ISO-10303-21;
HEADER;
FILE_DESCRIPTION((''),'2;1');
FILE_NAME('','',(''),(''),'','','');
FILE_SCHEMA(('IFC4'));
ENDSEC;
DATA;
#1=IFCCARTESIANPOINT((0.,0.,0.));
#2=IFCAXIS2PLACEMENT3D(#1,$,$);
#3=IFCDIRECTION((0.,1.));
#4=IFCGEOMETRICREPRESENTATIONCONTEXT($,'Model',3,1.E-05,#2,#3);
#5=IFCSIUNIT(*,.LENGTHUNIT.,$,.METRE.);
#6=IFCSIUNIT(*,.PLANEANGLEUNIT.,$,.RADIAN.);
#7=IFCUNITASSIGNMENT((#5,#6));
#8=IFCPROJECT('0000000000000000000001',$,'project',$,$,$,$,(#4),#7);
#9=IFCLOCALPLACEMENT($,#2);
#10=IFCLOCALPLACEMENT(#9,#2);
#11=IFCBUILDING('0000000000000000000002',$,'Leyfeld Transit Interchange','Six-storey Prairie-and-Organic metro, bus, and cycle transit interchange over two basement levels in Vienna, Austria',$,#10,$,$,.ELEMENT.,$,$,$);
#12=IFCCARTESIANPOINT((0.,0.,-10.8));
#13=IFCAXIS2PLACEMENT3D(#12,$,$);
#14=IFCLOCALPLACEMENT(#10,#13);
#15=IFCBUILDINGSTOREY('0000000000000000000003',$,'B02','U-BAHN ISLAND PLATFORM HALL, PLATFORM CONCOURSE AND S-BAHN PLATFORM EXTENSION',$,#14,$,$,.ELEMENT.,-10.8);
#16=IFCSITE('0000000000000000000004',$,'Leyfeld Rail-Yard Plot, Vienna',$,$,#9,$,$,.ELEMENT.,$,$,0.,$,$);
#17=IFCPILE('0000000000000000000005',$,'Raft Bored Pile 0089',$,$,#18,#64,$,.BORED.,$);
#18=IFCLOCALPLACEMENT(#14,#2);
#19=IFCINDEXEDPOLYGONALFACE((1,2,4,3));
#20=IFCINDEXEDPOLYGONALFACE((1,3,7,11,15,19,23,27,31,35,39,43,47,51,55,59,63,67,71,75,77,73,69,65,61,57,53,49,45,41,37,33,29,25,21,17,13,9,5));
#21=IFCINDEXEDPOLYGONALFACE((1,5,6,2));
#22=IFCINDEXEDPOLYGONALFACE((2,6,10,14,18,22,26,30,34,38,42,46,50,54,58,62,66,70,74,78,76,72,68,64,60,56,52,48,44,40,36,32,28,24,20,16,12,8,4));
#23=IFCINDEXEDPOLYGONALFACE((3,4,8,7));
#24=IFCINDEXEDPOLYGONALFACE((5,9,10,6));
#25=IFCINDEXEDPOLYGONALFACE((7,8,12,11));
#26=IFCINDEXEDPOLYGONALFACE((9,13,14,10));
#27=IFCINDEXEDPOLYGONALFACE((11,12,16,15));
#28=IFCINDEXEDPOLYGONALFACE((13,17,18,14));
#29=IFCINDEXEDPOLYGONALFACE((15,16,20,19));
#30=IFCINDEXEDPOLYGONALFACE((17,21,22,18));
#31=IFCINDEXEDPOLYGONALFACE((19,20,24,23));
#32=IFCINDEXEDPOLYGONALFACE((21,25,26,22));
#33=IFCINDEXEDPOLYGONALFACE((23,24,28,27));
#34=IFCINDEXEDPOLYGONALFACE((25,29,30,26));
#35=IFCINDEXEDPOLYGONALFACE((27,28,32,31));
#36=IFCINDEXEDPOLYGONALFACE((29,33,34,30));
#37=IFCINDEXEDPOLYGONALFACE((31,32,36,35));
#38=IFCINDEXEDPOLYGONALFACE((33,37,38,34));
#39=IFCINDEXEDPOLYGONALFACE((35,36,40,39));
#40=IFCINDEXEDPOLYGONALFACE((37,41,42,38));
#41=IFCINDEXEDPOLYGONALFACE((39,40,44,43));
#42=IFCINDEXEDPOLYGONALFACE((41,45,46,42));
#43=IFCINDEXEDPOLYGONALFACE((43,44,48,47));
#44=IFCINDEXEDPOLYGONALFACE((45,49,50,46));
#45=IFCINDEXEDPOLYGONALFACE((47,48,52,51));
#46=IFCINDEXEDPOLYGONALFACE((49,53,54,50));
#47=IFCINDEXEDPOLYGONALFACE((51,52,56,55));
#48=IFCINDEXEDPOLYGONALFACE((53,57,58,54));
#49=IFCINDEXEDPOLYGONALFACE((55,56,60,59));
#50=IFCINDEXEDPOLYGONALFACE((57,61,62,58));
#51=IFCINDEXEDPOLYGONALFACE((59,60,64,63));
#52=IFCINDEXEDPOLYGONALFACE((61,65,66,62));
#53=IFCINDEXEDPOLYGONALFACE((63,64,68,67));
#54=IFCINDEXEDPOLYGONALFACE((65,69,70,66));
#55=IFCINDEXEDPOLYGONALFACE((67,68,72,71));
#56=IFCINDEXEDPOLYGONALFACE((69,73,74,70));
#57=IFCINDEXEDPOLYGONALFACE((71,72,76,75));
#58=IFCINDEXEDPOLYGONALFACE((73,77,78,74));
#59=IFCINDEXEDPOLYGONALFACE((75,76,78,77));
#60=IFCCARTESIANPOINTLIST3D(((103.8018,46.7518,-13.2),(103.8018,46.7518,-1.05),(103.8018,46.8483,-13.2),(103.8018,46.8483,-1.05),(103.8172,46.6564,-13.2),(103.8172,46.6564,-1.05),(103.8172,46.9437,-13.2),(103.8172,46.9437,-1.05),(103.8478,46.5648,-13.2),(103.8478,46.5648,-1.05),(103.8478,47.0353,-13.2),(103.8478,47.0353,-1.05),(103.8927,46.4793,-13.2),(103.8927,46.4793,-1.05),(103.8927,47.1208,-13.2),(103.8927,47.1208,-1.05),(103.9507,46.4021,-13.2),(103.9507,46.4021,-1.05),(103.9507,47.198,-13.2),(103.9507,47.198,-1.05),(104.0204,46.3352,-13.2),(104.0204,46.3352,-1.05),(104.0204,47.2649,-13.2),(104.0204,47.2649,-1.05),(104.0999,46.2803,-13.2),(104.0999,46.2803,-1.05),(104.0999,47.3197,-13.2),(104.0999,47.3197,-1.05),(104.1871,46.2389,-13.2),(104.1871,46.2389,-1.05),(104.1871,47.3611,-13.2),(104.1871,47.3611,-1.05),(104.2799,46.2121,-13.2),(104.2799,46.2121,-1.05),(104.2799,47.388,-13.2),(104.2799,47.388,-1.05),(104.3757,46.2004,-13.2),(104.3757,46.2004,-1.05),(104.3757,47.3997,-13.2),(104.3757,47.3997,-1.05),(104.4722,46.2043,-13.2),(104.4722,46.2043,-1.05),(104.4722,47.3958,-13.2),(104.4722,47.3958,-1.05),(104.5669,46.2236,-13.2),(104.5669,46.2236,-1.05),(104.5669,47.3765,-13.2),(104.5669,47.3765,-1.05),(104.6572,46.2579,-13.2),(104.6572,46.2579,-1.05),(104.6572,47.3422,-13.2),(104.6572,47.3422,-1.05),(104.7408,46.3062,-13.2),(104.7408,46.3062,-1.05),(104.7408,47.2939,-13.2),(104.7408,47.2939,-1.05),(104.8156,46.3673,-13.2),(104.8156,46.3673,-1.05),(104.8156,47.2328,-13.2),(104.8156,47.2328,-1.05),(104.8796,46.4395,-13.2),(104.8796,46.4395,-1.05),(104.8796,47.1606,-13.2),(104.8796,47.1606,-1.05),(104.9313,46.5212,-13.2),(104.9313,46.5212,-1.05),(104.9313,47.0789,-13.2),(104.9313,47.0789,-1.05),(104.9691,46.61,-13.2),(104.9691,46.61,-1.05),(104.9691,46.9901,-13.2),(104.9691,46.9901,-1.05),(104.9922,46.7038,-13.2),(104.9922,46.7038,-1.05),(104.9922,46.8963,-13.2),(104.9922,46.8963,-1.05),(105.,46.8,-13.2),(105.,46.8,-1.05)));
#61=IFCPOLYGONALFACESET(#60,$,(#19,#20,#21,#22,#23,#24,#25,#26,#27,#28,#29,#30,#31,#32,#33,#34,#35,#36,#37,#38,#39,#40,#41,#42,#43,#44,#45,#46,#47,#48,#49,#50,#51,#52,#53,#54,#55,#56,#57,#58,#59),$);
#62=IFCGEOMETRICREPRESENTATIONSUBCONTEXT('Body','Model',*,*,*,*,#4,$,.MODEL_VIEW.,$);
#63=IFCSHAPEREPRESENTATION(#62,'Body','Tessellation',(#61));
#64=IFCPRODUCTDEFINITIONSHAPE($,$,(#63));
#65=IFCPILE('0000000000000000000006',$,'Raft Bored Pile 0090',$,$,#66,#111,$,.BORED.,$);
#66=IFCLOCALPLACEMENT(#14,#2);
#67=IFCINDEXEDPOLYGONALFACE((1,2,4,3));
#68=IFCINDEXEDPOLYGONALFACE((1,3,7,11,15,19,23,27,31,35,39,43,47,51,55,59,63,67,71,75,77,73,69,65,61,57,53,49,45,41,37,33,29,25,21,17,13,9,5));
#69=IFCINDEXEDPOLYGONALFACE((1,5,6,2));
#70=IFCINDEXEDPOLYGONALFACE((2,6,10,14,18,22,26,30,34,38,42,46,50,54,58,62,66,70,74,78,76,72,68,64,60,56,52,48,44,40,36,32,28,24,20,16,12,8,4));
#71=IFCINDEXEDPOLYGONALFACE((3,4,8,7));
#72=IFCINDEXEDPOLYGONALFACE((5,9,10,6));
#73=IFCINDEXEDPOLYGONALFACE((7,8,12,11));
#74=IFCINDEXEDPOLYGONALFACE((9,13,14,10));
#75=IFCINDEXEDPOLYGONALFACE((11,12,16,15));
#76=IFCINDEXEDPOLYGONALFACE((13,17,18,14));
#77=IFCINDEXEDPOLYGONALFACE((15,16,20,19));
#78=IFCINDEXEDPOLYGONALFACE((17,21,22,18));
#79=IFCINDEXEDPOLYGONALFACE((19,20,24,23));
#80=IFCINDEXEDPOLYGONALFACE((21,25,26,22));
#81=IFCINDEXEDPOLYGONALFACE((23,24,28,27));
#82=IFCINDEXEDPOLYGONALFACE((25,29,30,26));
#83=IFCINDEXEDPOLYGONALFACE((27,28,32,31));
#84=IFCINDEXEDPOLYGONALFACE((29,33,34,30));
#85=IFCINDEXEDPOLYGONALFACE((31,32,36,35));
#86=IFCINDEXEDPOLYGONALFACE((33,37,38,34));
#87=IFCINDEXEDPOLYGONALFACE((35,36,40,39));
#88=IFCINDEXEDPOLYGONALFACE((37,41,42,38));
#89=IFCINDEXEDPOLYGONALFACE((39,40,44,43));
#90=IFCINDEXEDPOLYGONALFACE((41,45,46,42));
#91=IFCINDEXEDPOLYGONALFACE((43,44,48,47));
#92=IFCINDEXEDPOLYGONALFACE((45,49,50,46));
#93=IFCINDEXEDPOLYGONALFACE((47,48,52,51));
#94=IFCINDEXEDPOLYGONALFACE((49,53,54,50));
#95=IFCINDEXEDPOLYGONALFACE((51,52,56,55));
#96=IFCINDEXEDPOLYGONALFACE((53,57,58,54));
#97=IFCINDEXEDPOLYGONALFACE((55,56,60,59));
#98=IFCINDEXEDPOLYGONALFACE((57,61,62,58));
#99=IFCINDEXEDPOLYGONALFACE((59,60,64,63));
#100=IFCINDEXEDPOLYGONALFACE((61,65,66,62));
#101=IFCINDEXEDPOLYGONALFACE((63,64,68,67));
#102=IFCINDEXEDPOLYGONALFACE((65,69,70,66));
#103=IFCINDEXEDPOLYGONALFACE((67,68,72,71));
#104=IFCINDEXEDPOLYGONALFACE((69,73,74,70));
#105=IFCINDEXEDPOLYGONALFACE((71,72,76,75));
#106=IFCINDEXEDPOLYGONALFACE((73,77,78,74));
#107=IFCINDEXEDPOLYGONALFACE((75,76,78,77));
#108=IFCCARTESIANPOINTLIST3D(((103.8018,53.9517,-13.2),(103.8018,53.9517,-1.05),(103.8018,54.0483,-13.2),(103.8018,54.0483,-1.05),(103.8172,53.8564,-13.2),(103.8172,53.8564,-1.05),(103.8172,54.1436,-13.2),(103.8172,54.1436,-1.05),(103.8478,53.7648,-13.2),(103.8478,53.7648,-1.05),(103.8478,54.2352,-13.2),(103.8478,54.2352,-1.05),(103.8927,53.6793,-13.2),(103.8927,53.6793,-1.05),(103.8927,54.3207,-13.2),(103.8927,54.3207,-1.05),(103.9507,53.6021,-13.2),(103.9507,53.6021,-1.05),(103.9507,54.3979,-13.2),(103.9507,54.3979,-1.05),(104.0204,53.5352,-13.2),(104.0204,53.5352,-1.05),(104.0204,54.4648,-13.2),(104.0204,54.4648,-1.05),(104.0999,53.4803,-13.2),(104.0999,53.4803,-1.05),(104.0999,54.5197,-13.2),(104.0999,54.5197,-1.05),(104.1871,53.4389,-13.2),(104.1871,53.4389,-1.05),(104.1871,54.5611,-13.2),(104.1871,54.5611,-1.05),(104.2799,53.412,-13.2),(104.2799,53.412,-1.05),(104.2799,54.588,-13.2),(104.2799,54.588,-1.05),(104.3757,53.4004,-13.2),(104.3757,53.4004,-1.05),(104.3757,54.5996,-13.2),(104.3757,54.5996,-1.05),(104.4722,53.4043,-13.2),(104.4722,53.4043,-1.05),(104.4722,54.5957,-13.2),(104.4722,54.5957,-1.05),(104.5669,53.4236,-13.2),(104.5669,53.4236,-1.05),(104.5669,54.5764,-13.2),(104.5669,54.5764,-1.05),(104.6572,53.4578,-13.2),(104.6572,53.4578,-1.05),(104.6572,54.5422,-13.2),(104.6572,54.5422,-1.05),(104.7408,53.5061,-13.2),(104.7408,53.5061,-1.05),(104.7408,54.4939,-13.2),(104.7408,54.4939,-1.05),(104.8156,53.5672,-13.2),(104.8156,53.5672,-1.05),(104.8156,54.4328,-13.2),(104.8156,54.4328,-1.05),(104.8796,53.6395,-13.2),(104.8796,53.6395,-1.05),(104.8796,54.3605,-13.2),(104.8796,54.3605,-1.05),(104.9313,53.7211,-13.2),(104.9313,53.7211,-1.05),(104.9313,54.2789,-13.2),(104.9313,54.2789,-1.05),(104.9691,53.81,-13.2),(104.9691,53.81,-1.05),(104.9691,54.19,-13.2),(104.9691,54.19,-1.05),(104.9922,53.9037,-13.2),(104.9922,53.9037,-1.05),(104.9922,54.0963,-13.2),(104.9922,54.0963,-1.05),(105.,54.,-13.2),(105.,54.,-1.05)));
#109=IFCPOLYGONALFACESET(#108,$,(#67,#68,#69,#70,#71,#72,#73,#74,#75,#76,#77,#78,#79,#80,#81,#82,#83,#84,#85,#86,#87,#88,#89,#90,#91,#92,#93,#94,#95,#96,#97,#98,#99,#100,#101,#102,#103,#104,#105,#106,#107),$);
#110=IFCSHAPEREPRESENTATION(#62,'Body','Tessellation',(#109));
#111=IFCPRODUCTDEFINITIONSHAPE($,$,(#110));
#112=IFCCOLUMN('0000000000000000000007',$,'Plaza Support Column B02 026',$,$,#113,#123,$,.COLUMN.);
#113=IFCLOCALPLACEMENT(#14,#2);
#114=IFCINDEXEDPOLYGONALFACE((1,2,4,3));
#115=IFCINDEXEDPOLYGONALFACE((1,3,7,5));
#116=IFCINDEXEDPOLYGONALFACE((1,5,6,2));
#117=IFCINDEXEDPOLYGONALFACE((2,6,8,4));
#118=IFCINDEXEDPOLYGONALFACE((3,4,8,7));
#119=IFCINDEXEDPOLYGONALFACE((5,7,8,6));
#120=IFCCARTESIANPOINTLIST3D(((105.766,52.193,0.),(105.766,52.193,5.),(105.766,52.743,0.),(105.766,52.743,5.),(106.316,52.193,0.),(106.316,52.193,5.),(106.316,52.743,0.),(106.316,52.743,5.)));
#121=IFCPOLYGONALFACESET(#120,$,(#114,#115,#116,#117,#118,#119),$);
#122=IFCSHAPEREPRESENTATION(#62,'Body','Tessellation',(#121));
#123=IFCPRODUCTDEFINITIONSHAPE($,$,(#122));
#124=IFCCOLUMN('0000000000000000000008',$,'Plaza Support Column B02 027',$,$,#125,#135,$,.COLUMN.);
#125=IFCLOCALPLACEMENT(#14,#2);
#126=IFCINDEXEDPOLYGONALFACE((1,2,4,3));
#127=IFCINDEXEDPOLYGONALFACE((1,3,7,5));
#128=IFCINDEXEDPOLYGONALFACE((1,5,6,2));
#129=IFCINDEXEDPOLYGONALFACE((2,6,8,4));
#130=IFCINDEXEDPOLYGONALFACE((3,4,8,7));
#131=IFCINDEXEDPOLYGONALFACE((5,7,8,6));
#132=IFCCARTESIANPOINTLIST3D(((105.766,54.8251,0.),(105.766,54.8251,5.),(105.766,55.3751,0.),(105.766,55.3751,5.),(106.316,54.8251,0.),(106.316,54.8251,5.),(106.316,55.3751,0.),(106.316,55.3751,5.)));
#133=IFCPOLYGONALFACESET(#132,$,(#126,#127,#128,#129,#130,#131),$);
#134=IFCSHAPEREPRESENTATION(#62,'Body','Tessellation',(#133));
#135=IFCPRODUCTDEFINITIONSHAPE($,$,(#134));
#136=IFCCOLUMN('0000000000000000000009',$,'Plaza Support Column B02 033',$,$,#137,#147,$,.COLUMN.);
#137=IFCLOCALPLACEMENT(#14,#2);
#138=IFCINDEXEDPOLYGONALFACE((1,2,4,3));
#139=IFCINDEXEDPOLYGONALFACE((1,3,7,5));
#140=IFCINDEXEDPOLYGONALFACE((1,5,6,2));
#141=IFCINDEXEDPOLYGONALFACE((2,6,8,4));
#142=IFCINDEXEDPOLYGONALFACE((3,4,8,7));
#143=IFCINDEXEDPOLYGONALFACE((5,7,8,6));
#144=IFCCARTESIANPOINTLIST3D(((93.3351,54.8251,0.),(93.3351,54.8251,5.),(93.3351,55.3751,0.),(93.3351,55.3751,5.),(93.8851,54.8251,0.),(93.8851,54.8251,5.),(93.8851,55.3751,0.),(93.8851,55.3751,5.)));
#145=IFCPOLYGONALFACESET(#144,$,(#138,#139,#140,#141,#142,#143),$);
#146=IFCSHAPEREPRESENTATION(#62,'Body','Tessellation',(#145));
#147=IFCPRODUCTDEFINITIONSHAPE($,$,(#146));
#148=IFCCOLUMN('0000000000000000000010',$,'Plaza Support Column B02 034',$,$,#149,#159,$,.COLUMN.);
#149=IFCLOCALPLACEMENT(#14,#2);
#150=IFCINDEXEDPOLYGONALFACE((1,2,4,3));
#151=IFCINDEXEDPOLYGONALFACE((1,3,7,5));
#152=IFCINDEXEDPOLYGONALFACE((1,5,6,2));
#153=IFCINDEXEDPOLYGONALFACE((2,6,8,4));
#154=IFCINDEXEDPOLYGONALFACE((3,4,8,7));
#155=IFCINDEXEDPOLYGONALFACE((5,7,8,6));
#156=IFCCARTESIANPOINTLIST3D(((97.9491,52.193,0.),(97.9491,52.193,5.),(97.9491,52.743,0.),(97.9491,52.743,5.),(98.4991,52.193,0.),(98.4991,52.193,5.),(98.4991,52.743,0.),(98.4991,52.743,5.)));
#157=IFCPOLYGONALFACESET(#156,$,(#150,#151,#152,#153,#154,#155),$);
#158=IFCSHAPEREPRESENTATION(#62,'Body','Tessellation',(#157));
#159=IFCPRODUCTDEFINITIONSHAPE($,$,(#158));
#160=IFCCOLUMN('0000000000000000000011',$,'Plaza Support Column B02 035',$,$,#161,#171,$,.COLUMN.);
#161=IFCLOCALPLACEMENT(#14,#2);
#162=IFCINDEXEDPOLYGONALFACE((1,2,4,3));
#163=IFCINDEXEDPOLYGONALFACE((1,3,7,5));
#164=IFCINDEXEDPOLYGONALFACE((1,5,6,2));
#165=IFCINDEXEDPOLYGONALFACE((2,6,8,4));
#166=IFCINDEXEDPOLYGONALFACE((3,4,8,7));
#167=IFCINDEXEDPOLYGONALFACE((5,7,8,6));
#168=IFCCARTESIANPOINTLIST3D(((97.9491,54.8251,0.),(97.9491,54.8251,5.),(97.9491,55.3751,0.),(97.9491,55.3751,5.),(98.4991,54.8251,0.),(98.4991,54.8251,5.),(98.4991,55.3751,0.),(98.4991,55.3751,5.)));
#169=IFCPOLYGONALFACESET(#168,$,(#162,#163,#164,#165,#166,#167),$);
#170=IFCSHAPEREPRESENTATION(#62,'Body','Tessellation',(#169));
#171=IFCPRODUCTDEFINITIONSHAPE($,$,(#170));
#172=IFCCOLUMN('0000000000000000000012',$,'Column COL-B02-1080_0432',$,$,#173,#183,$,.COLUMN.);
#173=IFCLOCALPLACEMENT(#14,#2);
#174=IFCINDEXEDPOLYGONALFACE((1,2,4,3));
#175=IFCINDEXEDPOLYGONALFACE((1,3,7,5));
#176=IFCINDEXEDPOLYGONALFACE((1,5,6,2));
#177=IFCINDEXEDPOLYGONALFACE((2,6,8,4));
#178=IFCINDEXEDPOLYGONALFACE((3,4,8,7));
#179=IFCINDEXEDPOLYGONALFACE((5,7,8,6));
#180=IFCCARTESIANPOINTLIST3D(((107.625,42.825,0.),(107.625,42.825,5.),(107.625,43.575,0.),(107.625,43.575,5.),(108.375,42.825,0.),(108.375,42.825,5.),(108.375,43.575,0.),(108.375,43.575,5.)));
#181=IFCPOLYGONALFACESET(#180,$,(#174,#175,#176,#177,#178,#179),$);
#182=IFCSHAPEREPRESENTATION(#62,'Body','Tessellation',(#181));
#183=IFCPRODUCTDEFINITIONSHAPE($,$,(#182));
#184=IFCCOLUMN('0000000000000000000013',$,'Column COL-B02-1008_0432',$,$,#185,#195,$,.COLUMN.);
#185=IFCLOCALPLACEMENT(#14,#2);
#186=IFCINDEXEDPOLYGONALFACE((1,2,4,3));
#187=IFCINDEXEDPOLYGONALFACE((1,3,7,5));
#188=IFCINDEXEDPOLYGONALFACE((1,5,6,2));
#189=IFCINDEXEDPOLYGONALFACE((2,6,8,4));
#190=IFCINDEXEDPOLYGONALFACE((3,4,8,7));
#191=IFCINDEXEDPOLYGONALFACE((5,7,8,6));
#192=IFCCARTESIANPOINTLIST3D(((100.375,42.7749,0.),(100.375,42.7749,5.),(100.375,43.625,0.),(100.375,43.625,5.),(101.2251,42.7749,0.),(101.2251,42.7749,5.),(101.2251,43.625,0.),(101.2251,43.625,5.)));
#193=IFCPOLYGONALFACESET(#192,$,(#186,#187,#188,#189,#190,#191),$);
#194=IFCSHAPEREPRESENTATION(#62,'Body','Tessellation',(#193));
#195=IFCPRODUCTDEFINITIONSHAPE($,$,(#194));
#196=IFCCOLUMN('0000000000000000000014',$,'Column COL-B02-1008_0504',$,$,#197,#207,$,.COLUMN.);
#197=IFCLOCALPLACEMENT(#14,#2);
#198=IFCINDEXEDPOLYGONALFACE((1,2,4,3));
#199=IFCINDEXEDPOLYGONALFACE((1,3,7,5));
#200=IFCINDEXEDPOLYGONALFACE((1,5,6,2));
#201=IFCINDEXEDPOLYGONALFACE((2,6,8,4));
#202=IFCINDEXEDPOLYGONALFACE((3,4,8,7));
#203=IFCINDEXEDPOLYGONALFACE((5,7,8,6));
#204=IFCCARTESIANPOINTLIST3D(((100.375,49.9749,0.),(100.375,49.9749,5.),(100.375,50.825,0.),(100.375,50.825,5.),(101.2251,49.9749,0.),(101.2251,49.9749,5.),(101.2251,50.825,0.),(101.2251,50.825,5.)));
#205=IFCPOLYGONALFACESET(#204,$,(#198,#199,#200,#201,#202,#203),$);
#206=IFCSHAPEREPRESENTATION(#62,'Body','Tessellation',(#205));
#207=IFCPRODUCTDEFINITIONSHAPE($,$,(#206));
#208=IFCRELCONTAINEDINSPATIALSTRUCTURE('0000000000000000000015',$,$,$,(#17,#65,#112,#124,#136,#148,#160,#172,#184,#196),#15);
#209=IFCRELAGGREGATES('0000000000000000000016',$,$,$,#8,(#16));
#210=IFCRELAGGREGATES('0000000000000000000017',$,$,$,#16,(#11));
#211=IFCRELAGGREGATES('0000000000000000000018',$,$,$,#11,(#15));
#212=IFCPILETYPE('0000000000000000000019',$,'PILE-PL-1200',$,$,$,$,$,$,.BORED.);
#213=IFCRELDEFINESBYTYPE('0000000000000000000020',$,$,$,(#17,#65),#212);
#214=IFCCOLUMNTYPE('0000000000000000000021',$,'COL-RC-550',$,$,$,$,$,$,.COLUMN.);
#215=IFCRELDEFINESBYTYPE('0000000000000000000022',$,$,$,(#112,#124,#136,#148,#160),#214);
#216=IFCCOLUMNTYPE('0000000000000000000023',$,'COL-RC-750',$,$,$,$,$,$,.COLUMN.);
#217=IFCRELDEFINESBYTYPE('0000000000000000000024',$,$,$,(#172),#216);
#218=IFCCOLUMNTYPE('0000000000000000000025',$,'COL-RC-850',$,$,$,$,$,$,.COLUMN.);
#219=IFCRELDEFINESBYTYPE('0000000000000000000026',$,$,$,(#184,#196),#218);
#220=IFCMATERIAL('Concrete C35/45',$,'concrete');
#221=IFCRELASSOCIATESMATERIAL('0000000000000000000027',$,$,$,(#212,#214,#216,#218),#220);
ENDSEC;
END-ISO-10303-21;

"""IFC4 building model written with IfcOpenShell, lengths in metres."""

from ifc_helpers import new_model, si_unit, direction, frame, origin, origin_2d, place, context, subcontext, project, spatial, rectangle, circle, extrude, material, material_profile, profile_set, type_object, element, save


model = new_model("IFC4")

# Units and contexts
model_context = context("Model", 3, precision=1e-05, world=origin(), true_north=direction((0.0, 1.0)))
body_context = subcontext(model_context, "Body", "Model", "MODEL_VIEW")
ifc_project = project(units=[si_unit("LENGTHUNIT", "METRE"), si_unit("PLANEANGLEUNIT", "RADIAN")], contexts=[model_context])

# Site, building, storey
site_placement = place(None, origin())
site = spatial("IfcSite", under=ifc_project, at=site_placement, Name="Leyfeld Rail-Yard Plot, Vienna", CompositionType="ELEMENT", RefElevation=0.0)
building_placement = place(site_placement, origin())
building = spatial("IfcBuilding", under=site, at=building_placement, Name="Leyfeld Transit Interchange", Description="Six-storey Prairie-and-Organic metro, bus, and cycle transit interchange over two basement levels in Vienna, Austria", CompositionType="ELEMENT")
storey_placement = place(building_placement, frame((0.0, 0.0, -10.8)))
storey = spatial("IfcBuildingStorey", under=building, at=storey_placement, Name="B02", Description="U-BAHN ISLAND PLATFORM HALL, PLATFORM CONCOURSE AND S-BAHN PLATFORM EXTENSION", CompositionType="ELEMENT", Elevation=-10.8)

# Piles
ifc_material_1 = material(Name="Concrete C35/45", Category="concrete")
ifc_material_profile_1 = material_profile(ifc_material_1, circle(Radius=0.6001, at=origin_2d()), Name="PILE D1200")
ifc_profile_set_1 = profile_set([ifc_material_profile_1], Name="Concrete C35/45")
pile_type = type_object("IfcPileType", Name="PILE-PL-1200", PredefinedType="BORED", material=ifc_profile_set_1)
for number, where, z_axis, x_axis, name in (
    (1, (104.3999, 46.8, -1.05), (0.0, 0.0, -1.0), (1.0, 0.0, 0.0), "Raft Bored Pile 0089"),
    (2, (104.3999, 54.0, -1.05), (0.0, 0.0, -1.0), (1.0, 0.0, 0.0), "Raft Bored Pile 0090"),
):
    element("IfcPile", number, at=place(storey_placement, frame(where, z_axis=z_axis, x_axis=x_axis)), inside=storey, type_object=pile_type, Name=name, PredefinedType="BORED", context=body_context, shape_type="SweptSolid", body=[
        extrude(circle(Radius=0.6001, at=origin_2d()), origin(), (0.0, 0.0, 1.0), 12.1499),
    ])

# Columns
ifc_material_profile_2 = material_profile(ifc_material_1, rectangle(XDim=0.55, YDim=0.55, at=origin_2d()), Name="RC 550x550")
ifc_profile_set_2 = profile_set([ifc_material_profile_2], Name="Concrete C35/45")
column_type_1 = type_object("IfcColumnType", Name="COL-RC-550", PredefinedType="COLUMN", material=ifc_profile_set_2)
for number, where, z_axis, x_axis, name in (
    (3, (106.041, 52.468, 0.0), (0.0, 0.0, 1.0), (1.0, 0.0, 0.0), "Plaza Support Column B02 026"),
    (4, (106.041, 55.1001, 0.0), (0.0, 0.0, 1.0), (1.0, 0.0, 0.0), "Plaza Support Column B02 027"),
    (5, (93.6101, 55.1001, 0.0), (0.0, 0.0, 1.0), (1.0, 0.0, 0.0), "Plaza Support Column B02 033"),
    (6, (98.2241, 52.468, 0.0), (0.0, 0.0, 1.0), (1.0, 0.0, 0.0), "Plaza Support Column B02 034"),
    (7, (98.2241, 55.1001, 0.0), (0.0, 0.0, 1.0), (1.0, 0.0, 0.0), "Plaza Support Column B02 035"),
):
    element("IfcColumn", number, at=place(storey_placement, frame(where, z_axis=z_axis, x_axis=x_axis)), inside=storey, type_object=column_type_1, Name=name, PredefinedType="COLUMN", context=body_context, shape_type="SweptSolid", body=[
        extrude(rectangle(XDim=0.55, YDim=0.55, at=origin_2d()), origin(), (0.0, 0.0, 1.0), 5.0),
    ])
ifc_material_profile_3 = material_profile(ifc_material_1, rectangle(XDim=0.75, YDim=0.75, at=origin_2d()), Name="RC 750x750")
ifc_profile_set_3 = profile_set([ifc_material_profile_3], Name="Concrete C35/45")
column_type_2 = type_object("IfcColumnType", Name="COL-RC-750", PredefinedType="COLUMN", material=ifc_profile_set_3)
column_placement = place(storey_placement, frame((108.0, 43.2, 0.0), z_axis=(0.0, 0.0, 1.0), x_axis=(1.0, 0.0, 0.0)))
element("IfcColumn", 8, at=column_placement, inside=storey, type_object=column_type_2, Name="Column COL-B02-1080_0432", PredefinedType="COLUMN", context=body_context, shape_type="SweptSolid", body=[
    extrude(rectangle(XDim=0.75, YDim=0.75, at=origin_2d()), origin(), (0.0, 0.0, 1.0), 5.0),
])
ifc_material_profile_4 = material_profile(ifc_material_1, rectangle(XDim=0.8501, YDim=0.8501, at=origin_2d()), Name="RC 850x850")
ifc_profile_set_4 = profile_set([ifc_material_profile_4], Name="Concrete C35/45")
column_type_3 = type_object("IfcColumnType", Name="COL-RC-850", PredefinedType="COLUMN", material=ifc_profile_set_4)
for number, where, z_axis, x_axis, name in (
    (9, (100.8, 43.2, 0.0), (0.0, 0.0, 1.0), (1.0, 0.0, 0.0), "Column COL-B02-1008_0432"),
    (10, (100.8, 50.3999, 0.0), (0.0, 0.0, 1.0), (1.0, 0.0, 0.0), "Column COL-B02-1008_0504"),
):
    element("IfcColumn", number, at=place(storey_placement, frame(where, z_axis=z_axis, x_axis=x_axis)), inside=storey, type_object=column_type_3, Name=name, PredefinedType="COLUMN", context=body_context, shape_type="SweptSolid", body=[
        extrude(rectangle(XDim=0.8501, YDim=0.8501, at=origin_2d()), origin(), (0.0, 0.0, 1.0), 5.0),
    ])

save(model, "model.ifc")
